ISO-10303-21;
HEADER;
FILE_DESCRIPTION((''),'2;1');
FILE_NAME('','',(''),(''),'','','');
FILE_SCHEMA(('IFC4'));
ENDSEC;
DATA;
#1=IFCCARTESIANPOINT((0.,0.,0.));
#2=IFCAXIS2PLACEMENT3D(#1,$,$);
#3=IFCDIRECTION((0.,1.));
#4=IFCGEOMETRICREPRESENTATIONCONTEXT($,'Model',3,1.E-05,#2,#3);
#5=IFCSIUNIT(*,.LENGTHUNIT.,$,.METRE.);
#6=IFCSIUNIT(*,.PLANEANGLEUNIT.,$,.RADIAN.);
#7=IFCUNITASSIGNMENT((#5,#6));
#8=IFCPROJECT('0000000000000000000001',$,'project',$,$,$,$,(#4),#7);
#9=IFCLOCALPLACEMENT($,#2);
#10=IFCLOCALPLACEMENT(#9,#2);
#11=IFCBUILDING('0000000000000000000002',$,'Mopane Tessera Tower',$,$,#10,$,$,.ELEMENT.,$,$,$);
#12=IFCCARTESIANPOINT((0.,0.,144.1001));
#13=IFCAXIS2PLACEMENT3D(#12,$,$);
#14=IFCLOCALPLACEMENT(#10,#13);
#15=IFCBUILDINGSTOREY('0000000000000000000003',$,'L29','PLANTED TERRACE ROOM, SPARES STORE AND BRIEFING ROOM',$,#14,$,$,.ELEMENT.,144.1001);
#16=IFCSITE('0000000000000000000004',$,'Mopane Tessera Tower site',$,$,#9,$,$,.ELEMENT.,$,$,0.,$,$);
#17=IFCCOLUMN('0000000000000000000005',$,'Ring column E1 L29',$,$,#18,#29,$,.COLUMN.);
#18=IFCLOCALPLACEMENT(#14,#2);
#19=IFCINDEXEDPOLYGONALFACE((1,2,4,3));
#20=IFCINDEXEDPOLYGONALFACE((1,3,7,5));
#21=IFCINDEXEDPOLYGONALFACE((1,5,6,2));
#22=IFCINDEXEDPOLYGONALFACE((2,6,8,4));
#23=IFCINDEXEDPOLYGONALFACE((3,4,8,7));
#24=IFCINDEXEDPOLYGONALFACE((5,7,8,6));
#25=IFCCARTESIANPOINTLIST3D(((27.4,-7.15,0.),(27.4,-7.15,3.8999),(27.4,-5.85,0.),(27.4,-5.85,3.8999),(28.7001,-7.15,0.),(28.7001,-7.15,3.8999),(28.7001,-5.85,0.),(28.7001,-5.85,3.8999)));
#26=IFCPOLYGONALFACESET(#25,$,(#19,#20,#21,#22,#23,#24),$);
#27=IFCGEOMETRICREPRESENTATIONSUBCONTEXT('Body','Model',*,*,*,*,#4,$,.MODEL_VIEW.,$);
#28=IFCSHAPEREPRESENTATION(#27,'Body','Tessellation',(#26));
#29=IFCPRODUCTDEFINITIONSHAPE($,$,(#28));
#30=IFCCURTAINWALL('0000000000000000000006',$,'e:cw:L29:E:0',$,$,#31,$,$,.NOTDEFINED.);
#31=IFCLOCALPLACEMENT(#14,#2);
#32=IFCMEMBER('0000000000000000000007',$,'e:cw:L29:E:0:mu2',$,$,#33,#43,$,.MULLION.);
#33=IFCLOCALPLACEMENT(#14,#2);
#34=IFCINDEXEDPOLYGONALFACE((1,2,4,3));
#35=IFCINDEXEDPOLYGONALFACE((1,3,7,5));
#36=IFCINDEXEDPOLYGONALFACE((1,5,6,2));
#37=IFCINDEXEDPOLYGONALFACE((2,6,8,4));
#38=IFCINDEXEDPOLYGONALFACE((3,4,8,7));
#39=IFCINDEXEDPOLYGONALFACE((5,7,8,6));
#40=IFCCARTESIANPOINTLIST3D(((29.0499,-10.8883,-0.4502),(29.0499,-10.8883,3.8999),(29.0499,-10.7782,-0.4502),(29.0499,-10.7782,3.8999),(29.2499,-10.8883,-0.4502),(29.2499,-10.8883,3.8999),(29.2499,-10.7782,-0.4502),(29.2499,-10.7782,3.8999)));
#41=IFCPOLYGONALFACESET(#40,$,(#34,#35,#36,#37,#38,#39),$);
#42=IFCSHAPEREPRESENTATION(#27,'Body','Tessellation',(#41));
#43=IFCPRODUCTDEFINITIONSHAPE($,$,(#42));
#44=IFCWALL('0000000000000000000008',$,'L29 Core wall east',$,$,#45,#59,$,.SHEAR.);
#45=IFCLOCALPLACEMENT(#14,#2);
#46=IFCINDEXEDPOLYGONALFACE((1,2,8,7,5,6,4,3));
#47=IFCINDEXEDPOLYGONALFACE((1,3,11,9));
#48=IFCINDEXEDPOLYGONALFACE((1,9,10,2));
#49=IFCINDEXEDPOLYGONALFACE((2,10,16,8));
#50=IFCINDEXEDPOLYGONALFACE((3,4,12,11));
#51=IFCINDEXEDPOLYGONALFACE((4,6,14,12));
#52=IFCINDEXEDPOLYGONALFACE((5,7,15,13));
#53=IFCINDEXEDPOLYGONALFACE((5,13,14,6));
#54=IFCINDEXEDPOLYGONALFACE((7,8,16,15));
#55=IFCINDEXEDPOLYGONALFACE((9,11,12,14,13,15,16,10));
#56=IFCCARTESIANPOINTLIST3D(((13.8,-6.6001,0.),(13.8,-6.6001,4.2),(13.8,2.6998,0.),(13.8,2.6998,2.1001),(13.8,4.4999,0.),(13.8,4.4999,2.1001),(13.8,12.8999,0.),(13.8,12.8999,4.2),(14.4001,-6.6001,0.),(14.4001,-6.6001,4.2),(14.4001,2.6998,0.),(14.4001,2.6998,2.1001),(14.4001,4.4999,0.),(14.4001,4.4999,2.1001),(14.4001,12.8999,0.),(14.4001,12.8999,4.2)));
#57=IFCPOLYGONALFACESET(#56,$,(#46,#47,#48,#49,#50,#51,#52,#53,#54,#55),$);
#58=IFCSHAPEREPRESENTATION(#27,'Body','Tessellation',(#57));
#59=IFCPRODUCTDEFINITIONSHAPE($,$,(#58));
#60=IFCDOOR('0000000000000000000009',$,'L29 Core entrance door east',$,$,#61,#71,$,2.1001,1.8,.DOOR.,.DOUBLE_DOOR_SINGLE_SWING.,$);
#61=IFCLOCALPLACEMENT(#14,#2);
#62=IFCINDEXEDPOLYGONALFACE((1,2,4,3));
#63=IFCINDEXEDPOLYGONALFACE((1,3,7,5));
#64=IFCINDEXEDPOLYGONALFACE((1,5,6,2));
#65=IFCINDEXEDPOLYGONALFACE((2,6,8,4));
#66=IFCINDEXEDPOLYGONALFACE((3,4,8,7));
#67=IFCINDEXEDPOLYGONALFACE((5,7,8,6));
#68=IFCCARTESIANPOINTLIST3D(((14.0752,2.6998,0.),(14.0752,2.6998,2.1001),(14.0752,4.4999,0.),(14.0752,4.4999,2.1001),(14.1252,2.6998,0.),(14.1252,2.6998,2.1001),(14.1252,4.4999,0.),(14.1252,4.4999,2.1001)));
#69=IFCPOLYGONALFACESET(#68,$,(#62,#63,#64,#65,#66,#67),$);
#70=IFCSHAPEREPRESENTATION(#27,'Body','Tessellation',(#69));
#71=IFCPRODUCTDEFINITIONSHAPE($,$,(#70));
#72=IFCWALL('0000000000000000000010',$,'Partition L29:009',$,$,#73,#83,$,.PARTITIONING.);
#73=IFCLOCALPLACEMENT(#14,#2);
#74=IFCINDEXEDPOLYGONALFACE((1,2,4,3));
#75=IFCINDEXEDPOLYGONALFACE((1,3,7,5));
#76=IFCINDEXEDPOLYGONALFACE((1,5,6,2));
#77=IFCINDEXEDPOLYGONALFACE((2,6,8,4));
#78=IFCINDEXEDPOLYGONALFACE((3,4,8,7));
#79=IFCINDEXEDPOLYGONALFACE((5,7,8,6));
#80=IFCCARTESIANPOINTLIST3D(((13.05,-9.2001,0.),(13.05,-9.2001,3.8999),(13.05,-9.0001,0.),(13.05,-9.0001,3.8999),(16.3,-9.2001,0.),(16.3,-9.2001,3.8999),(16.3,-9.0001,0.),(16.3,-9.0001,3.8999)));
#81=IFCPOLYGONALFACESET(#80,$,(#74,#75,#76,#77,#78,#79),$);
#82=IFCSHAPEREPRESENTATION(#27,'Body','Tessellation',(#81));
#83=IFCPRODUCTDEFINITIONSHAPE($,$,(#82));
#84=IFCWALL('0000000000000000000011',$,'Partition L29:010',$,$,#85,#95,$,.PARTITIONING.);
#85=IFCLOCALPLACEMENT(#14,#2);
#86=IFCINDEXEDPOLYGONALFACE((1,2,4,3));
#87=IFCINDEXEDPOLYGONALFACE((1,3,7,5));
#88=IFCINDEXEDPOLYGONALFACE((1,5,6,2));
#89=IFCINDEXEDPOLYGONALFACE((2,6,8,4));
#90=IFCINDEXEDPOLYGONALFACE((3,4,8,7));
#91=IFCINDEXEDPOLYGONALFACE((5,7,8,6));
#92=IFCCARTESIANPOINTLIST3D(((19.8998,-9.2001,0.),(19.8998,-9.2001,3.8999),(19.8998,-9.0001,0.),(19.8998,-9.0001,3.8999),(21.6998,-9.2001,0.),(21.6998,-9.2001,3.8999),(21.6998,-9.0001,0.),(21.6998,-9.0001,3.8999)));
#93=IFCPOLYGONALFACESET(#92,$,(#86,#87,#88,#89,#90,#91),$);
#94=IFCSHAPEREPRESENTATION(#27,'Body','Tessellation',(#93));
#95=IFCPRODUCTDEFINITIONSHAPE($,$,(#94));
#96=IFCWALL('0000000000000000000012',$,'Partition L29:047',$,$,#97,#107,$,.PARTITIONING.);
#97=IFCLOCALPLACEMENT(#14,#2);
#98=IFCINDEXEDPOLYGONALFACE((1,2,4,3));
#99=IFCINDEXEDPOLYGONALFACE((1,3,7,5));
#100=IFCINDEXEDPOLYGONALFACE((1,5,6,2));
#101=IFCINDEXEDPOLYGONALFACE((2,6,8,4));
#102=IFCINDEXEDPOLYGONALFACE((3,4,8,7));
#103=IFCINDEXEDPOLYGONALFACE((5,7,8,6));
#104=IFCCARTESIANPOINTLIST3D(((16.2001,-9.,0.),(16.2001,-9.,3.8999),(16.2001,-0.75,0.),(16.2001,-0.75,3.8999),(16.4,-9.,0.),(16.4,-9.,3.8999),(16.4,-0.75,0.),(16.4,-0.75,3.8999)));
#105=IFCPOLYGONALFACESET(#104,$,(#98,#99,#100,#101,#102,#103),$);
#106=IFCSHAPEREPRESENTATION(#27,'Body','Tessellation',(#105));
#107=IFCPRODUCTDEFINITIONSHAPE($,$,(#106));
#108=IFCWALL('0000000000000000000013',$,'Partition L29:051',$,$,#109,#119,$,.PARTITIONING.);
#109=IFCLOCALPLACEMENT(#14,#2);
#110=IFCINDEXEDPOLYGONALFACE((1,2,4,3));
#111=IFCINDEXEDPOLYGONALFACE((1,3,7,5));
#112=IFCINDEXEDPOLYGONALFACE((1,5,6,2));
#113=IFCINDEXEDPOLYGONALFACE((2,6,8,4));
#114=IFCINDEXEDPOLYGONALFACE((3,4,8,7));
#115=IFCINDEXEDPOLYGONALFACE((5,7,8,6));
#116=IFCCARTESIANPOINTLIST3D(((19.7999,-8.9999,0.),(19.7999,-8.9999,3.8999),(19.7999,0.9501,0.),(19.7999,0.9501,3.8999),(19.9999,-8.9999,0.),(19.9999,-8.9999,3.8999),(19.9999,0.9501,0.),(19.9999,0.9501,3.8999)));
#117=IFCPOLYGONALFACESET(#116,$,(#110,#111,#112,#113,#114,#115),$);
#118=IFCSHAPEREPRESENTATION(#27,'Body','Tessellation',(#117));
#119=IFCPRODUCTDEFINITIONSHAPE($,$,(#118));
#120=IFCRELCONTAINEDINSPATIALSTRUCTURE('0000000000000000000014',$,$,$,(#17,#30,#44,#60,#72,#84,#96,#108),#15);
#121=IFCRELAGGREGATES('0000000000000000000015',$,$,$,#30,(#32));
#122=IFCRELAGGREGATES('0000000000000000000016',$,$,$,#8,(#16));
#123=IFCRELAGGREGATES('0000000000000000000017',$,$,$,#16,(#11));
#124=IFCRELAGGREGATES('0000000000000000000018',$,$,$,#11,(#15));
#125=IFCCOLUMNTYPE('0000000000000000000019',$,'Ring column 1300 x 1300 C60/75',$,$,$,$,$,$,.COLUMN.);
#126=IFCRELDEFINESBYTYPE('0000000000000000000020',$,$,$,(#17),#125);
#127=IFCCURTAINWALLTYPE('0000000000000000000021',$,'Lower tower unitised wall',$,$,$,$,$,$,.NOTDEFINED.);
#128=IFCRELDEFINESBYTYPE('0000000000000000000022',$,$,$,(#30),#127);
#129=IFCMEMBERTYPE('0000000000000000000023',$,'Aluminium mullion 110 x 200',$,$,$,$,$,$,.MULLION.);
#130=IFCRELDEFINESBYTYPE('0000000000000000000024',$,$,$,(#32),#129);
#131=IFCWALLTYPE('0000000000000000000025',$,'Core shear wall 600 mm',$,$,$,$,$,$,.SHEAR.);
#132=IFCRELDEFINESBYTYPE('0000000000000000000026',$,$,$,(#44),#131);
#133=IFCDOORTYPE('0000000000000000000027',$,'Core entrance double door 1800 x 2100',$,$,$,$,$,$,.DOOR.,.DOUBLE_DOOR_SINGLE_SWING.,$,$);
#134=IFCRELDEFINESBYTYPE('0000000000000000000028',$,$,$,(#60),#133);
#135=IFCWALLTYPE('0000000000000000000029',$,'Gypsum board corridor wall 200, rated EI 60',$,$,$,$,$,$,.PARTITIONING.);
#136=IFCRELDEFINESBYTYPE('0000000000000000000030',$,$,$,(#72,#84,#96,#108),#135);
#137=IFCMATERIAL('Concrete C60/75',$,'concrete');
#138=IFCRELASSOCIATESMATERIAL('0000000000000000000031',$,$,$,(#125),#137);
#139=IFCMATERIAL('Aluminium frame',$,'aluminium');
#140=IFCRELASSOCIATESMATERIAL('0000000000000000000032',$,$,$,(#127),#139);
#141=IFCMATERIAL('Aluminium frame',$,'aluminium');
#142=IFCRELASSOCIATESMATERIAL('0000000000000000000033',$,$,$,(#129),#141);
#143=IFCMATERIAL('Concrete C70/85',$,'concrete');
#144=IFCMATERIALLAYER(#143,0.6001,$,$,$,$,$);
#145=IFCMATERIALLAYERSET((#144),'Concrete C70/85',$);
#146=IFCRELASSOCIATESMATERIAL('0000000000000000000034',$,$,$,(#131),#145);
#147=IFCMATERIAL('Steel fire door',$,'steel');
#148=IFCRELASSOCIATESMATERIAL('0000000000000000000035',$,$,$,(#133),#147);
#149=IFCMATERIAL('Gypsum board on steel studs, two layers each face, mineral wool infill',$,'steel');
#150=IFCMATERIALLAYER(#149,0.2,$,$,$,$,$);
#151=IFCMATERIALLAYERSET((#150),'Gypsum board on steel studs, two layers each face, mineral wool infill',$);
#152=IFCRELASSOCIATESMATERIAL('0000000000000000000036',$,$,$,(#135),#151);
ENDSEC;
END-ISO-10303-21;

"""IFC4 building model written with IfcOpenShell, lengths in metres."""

from ifc_helpers import new_model, si_unit, direction, frame, frame_2d, origin, origin_2d, place, context, subcontext, project, spatial, rectangle, extrude, material, layer, layer_set, material_profile, profile_set, type_object, element, fill, aggregate, save


model = new_model("IFC4")

# Units and contexts
model_context = context("Model", 3, precision=1e-05, world=origin(), true_north=direction((0.0, 1.0)))
body_context = subcontext(model_context, "Body", "Model", "MODEL_VIEW")
ifc_project = project(units=[si_unit("LENGTHUNIT", "METRE"), si_unit("PLANEANGLEUNIT", "RADIAN")], contexts=[model_context])

# Site, building, storey
site_placement = place(None, origin())
site = spatial("IfcSite", under=ifc_project, at=site_placement, Name="Mopane Tessera Tower site", CompositionType="ELEMENT", RefElevation=0.0)
building_placement = place(site_placement, origin())
building = spatial("IfcBuilding", under=site, at=building_placement, Name="Mopane Tessera Tower", CompositionType="ELEMENT")
storey_placement = place(building_placement, frame((0.0, 0.0, 144.1001)))
storey = spatial("IfcBuildingStorey", under=building, at=storey_placement, Name="L29", Description="PLANTED TERRACE ROOM, SPARES STORE AND BRIEFING ROOM", CompositionType="ELEMENT", Elevation=144.1001)

# Column
ifc_material_1 = material(Name="Concrete C60/75", Category="concrete")
ifc_material_profile_1 = material_profile(ifc_material_1, rectangle(XDim=1.3, YDim=1.3, at=origin_2d()))
ifc_profile_set_1 = profile_set([ifc_material_profile_1], Name="Concrete C60/75")
column_type = type_object("IfcColumnType", Name="Ring column 1300 x 1300 C60/75", PredefinedType="COLUMN", material=ifc_profile_set_1)
column_placement = place(storey_placement, frame((28.05, -6.5, 0.0), z_axis=(0.0, 0.0, 1.0), x_axis=(1.0, 0.0, 0.0)))
element("IfcColumn", 1, at=column_placement, inside=storey, type_object=column_type, Name="Ring column E1 L29", PredefinedType="COLUMN", context=body_context, shape_type="SweptSolid", body=[
    extrude(rectangle(XDim=1.3, YDim=1.3, at=origin_2d()), origin(), (0.0, 0.0, 1.0), 3.8999),
])

# Curtain wall, member
ifc_material_2 = material(Name="Aluminium frame", Category="aluminium")
curtain_wall_type = type_object("IfcCurtainWallType", Name="Lower tower unitised wall", PredefinedType="NOTDEFINED", material=ifc_material_2)
curtain_wall_placement = place(storey_placement, origin())
curtain_wall = element("IfcCurtainWall", 2, at=curtain_wall_placement, inside=storey, type_object=curtain_wall_type, Name="e:cw:L29:E:0", PredefinedType="NOTDEFINED")
ifc_material_3 = material(Name="Aluminium frame", Category="aluminium")
ifc_material_profile_2 = material_profile(ifc_material_3, rectangle(XDim=0.1101, YDim=0.2, at=origin_2d()))
ifc_profile_set_2 = profile_set([ifc_material_profile_2], Name="Aluminium frame")
member_type = type_object("IfcMemberType", Name="Aluminium mullion 110 x 200", PredefinedType="MULLION", material=ifc_profile_set_2)
member_placement = place(storey_placement, frame((29.1499, -10.8333, -0.4502), z_axis=(0.0, 0.0, 1.0), x_axis=(0.0, 1.0, 0.0)))
member = element("IfcMember", 3, at=member_placement, type_object=member_type, Name="e:cw:L29:E:0:mu2", PredefinedType="MULLION", context=body_context, shape_type="SweptSolid", body=[
    extrude(rectangle(XDim=0.1101, YDim=0.2, at=origin_2d()), origin(), (0.0, 0.0, 1.0), 4.3501),
])
aggregate(curtain_wall, [member])

# Wall, opening, door
ifc_material_4 = material(Name="Concrete C70/85", Category="concrete")
ifc_layer_1 = layer(ifc_material_4, 0.6001)
ifc_layer_set_1 = layer_set([ifc_layer_1], Name="Concrete C70/85")
wall_type_1 = type_object("IfcWallType", Name="Core shear wall 600 mm", PredefinedType="SHEAR", material=ifc_layer_set_1)
wall_1_placement = place(storey_placement, frame((14.1001, -6.6001, 0.0), z_axis=(0.0, 0.0, 1.0), x_axis=(0.0, 1.0, 0.0)))
wall_1 = element("IfcWall", 4, at=wall_1_placement, inside=storey, type_object=wall_type_1, Name="L29 Core wall east", PredefinedType="SHEAR", context=body_context, shape_type="SweptSolid", body=[
    extrude(rectangle(XDim=19.5, YDim=0.6001, at=frame_2d((9.75, 0.0))), origin(), (0.0, 0.0, 1.0), 4.2),
])
opening_1_placement = place(wall_1_placement, frame((9.3, 0.0, 0.0)))
opening_1 = element("IfcOpeningElement", 5, at=opening_1_placement, cuts=wall_1, PredefinedType="OPENING", context=body_context, shape_type="SweptSolid", body=[
    extrude(rectangle(XDim=1.8, YDim=2.1001, at=frame_2d((0.8999, 1.05))), frame((0.0, 0.312, 0.0), z_axis=(0.0, -1.0, 0.0), x_axis=(1.0, 0.0, 0.0)), (0.0, 0.0, 1.0), 0.624),
])
ifc_material_5 = material(Name="Steel fire door", Category="steel")
door_type_1 = type_object("IfcDoorType", Name="Core entrance double door 1800 x 2100", OperationType="DOUBLE_DOOR_SINGLE_SWING", PredefinedType="DOOR", material=ifc_material_5)
door_1_placement = place(opening_1_placement, origin())
door_1 = element("IfcDoor", 6, at=door_1_placement, inside=storey, type_object=door_type_1, Name="L29 Core entrance door east", OperationType="DOUBLE_DOOR_SINGLE_SWING", OverallHeight=2.1001, OverallWidth=1.8, PredefinedType="DOOR", context=body_context, shape_type="SweptSolid", body=[
    extrude(rectangle(XDim=1.8, YDim=2.1001, at=frame_2d((0.8999, 1.05))), frame((0.0, 0.0249, 0.0), z_axis=(0.0, -1.0, 0.0), x_axis=(1.0, 0.0, 0.0)), (0.0, 0.0, 1.0), 0.05),
])
fill(opening_1, door_1)

# Walls
ifc_material_6 = material(Name="Gypsum board on steel studs, two layers each face, mineral wool infill", Category="steel")
ifc_layer_2 = layer(ifc_material_6, 0.2)
ifc_layer_set_2 = layer_set([ifc_layer_2], Name="Gypsum board on steel studs, two layers each face, mineral wool infill")
wall_type_2 = type_object("IfcWallType", Name="Gypsum board corridor wall 200, rated EI 60", PredefinedType="PARTITIONING", material=ifc_layer_set_2)
wall_2_placement = place(storey_placement, frame((13.05, -9.1001, 0.0), z_axis=(0.0, 0.0, 1.0), x_axis=(1.0, 0.0, 0.0)))
element("IfcWall", 7, at=wall_2_placement, inside=storey, type_object=wall_type_2, Name="Partition L29:009", PredefinedType="PARTITIONING", context=body_context, shape_type="SweptSolid", body=[
    extrude(rectangle(XDim=3.25, YDim=0.2, at=frame_2d((1.625, 0.0))), origin(), (0.0, 0.0, 1.0), 3.8999),
])
wall_3_placement = place(storey_placement, frame((19.8999, -9.1001, 0.0), z_axis=(0.0, 0.0, 1.0), x_axis=(1.0, 0.0, 0.0)))
element("IfcWall", 8, at=wall_3_placement, inside=storey, type_object=wall_type_2, Name="Partition L29:010", PredefinedType="PARTITIONING", context=body_context, shape_type="SweptSolid", body=[
    extrude(rectangle(XDim=1.8, YDim=0.2, at=frame_2d((0.8999, 0.0))), origin(), (0.0, 0.0, 1.0), 3.8999),
])
wall_4_placement = place(storey_placement, frame((16.3, -9.0, 0.0), z_axis=(0.0, 0.0, 1.0), x_axis=(0.0, 1.0, 0.0)))
element("IfcWall", 9, at=wall_4_placement, inside=storey, type_object=wall_type_2, Name="Partition L29:047", PredefinedType="PARTITIONING", context=body_context, shape_type="SweptSolid", body=[
    extrude(rectangle(XDim=8.25, YDim=0.2, at=frame_2d((4.125, 0.0))), origin(), (0.0, 0.0, 1.0), 3.8999),
])
wall_5_placement = place(storey_placement, frame((19.8999, -9.0, 0.0), z_axis=(0.0, 0.0, 1.0), x_axis=(0.0, 1.0, 0.0)))
element("IfcWall", 10, at=wall_5_placement, inside=storey, type_object=wall_type_2, Name="Partition L29:051", PredefinedType="PARTITIONING", context=body_context, shape_type="SweptSolid", body=[
    extrude(rectangle(XDim=9.95, YDim=0.2, at=frame_2d((4.9751, 0.0))), origin(), (0.0, 0.0, 1.0), 3.8999),
])

save(model, "model.ifc")
